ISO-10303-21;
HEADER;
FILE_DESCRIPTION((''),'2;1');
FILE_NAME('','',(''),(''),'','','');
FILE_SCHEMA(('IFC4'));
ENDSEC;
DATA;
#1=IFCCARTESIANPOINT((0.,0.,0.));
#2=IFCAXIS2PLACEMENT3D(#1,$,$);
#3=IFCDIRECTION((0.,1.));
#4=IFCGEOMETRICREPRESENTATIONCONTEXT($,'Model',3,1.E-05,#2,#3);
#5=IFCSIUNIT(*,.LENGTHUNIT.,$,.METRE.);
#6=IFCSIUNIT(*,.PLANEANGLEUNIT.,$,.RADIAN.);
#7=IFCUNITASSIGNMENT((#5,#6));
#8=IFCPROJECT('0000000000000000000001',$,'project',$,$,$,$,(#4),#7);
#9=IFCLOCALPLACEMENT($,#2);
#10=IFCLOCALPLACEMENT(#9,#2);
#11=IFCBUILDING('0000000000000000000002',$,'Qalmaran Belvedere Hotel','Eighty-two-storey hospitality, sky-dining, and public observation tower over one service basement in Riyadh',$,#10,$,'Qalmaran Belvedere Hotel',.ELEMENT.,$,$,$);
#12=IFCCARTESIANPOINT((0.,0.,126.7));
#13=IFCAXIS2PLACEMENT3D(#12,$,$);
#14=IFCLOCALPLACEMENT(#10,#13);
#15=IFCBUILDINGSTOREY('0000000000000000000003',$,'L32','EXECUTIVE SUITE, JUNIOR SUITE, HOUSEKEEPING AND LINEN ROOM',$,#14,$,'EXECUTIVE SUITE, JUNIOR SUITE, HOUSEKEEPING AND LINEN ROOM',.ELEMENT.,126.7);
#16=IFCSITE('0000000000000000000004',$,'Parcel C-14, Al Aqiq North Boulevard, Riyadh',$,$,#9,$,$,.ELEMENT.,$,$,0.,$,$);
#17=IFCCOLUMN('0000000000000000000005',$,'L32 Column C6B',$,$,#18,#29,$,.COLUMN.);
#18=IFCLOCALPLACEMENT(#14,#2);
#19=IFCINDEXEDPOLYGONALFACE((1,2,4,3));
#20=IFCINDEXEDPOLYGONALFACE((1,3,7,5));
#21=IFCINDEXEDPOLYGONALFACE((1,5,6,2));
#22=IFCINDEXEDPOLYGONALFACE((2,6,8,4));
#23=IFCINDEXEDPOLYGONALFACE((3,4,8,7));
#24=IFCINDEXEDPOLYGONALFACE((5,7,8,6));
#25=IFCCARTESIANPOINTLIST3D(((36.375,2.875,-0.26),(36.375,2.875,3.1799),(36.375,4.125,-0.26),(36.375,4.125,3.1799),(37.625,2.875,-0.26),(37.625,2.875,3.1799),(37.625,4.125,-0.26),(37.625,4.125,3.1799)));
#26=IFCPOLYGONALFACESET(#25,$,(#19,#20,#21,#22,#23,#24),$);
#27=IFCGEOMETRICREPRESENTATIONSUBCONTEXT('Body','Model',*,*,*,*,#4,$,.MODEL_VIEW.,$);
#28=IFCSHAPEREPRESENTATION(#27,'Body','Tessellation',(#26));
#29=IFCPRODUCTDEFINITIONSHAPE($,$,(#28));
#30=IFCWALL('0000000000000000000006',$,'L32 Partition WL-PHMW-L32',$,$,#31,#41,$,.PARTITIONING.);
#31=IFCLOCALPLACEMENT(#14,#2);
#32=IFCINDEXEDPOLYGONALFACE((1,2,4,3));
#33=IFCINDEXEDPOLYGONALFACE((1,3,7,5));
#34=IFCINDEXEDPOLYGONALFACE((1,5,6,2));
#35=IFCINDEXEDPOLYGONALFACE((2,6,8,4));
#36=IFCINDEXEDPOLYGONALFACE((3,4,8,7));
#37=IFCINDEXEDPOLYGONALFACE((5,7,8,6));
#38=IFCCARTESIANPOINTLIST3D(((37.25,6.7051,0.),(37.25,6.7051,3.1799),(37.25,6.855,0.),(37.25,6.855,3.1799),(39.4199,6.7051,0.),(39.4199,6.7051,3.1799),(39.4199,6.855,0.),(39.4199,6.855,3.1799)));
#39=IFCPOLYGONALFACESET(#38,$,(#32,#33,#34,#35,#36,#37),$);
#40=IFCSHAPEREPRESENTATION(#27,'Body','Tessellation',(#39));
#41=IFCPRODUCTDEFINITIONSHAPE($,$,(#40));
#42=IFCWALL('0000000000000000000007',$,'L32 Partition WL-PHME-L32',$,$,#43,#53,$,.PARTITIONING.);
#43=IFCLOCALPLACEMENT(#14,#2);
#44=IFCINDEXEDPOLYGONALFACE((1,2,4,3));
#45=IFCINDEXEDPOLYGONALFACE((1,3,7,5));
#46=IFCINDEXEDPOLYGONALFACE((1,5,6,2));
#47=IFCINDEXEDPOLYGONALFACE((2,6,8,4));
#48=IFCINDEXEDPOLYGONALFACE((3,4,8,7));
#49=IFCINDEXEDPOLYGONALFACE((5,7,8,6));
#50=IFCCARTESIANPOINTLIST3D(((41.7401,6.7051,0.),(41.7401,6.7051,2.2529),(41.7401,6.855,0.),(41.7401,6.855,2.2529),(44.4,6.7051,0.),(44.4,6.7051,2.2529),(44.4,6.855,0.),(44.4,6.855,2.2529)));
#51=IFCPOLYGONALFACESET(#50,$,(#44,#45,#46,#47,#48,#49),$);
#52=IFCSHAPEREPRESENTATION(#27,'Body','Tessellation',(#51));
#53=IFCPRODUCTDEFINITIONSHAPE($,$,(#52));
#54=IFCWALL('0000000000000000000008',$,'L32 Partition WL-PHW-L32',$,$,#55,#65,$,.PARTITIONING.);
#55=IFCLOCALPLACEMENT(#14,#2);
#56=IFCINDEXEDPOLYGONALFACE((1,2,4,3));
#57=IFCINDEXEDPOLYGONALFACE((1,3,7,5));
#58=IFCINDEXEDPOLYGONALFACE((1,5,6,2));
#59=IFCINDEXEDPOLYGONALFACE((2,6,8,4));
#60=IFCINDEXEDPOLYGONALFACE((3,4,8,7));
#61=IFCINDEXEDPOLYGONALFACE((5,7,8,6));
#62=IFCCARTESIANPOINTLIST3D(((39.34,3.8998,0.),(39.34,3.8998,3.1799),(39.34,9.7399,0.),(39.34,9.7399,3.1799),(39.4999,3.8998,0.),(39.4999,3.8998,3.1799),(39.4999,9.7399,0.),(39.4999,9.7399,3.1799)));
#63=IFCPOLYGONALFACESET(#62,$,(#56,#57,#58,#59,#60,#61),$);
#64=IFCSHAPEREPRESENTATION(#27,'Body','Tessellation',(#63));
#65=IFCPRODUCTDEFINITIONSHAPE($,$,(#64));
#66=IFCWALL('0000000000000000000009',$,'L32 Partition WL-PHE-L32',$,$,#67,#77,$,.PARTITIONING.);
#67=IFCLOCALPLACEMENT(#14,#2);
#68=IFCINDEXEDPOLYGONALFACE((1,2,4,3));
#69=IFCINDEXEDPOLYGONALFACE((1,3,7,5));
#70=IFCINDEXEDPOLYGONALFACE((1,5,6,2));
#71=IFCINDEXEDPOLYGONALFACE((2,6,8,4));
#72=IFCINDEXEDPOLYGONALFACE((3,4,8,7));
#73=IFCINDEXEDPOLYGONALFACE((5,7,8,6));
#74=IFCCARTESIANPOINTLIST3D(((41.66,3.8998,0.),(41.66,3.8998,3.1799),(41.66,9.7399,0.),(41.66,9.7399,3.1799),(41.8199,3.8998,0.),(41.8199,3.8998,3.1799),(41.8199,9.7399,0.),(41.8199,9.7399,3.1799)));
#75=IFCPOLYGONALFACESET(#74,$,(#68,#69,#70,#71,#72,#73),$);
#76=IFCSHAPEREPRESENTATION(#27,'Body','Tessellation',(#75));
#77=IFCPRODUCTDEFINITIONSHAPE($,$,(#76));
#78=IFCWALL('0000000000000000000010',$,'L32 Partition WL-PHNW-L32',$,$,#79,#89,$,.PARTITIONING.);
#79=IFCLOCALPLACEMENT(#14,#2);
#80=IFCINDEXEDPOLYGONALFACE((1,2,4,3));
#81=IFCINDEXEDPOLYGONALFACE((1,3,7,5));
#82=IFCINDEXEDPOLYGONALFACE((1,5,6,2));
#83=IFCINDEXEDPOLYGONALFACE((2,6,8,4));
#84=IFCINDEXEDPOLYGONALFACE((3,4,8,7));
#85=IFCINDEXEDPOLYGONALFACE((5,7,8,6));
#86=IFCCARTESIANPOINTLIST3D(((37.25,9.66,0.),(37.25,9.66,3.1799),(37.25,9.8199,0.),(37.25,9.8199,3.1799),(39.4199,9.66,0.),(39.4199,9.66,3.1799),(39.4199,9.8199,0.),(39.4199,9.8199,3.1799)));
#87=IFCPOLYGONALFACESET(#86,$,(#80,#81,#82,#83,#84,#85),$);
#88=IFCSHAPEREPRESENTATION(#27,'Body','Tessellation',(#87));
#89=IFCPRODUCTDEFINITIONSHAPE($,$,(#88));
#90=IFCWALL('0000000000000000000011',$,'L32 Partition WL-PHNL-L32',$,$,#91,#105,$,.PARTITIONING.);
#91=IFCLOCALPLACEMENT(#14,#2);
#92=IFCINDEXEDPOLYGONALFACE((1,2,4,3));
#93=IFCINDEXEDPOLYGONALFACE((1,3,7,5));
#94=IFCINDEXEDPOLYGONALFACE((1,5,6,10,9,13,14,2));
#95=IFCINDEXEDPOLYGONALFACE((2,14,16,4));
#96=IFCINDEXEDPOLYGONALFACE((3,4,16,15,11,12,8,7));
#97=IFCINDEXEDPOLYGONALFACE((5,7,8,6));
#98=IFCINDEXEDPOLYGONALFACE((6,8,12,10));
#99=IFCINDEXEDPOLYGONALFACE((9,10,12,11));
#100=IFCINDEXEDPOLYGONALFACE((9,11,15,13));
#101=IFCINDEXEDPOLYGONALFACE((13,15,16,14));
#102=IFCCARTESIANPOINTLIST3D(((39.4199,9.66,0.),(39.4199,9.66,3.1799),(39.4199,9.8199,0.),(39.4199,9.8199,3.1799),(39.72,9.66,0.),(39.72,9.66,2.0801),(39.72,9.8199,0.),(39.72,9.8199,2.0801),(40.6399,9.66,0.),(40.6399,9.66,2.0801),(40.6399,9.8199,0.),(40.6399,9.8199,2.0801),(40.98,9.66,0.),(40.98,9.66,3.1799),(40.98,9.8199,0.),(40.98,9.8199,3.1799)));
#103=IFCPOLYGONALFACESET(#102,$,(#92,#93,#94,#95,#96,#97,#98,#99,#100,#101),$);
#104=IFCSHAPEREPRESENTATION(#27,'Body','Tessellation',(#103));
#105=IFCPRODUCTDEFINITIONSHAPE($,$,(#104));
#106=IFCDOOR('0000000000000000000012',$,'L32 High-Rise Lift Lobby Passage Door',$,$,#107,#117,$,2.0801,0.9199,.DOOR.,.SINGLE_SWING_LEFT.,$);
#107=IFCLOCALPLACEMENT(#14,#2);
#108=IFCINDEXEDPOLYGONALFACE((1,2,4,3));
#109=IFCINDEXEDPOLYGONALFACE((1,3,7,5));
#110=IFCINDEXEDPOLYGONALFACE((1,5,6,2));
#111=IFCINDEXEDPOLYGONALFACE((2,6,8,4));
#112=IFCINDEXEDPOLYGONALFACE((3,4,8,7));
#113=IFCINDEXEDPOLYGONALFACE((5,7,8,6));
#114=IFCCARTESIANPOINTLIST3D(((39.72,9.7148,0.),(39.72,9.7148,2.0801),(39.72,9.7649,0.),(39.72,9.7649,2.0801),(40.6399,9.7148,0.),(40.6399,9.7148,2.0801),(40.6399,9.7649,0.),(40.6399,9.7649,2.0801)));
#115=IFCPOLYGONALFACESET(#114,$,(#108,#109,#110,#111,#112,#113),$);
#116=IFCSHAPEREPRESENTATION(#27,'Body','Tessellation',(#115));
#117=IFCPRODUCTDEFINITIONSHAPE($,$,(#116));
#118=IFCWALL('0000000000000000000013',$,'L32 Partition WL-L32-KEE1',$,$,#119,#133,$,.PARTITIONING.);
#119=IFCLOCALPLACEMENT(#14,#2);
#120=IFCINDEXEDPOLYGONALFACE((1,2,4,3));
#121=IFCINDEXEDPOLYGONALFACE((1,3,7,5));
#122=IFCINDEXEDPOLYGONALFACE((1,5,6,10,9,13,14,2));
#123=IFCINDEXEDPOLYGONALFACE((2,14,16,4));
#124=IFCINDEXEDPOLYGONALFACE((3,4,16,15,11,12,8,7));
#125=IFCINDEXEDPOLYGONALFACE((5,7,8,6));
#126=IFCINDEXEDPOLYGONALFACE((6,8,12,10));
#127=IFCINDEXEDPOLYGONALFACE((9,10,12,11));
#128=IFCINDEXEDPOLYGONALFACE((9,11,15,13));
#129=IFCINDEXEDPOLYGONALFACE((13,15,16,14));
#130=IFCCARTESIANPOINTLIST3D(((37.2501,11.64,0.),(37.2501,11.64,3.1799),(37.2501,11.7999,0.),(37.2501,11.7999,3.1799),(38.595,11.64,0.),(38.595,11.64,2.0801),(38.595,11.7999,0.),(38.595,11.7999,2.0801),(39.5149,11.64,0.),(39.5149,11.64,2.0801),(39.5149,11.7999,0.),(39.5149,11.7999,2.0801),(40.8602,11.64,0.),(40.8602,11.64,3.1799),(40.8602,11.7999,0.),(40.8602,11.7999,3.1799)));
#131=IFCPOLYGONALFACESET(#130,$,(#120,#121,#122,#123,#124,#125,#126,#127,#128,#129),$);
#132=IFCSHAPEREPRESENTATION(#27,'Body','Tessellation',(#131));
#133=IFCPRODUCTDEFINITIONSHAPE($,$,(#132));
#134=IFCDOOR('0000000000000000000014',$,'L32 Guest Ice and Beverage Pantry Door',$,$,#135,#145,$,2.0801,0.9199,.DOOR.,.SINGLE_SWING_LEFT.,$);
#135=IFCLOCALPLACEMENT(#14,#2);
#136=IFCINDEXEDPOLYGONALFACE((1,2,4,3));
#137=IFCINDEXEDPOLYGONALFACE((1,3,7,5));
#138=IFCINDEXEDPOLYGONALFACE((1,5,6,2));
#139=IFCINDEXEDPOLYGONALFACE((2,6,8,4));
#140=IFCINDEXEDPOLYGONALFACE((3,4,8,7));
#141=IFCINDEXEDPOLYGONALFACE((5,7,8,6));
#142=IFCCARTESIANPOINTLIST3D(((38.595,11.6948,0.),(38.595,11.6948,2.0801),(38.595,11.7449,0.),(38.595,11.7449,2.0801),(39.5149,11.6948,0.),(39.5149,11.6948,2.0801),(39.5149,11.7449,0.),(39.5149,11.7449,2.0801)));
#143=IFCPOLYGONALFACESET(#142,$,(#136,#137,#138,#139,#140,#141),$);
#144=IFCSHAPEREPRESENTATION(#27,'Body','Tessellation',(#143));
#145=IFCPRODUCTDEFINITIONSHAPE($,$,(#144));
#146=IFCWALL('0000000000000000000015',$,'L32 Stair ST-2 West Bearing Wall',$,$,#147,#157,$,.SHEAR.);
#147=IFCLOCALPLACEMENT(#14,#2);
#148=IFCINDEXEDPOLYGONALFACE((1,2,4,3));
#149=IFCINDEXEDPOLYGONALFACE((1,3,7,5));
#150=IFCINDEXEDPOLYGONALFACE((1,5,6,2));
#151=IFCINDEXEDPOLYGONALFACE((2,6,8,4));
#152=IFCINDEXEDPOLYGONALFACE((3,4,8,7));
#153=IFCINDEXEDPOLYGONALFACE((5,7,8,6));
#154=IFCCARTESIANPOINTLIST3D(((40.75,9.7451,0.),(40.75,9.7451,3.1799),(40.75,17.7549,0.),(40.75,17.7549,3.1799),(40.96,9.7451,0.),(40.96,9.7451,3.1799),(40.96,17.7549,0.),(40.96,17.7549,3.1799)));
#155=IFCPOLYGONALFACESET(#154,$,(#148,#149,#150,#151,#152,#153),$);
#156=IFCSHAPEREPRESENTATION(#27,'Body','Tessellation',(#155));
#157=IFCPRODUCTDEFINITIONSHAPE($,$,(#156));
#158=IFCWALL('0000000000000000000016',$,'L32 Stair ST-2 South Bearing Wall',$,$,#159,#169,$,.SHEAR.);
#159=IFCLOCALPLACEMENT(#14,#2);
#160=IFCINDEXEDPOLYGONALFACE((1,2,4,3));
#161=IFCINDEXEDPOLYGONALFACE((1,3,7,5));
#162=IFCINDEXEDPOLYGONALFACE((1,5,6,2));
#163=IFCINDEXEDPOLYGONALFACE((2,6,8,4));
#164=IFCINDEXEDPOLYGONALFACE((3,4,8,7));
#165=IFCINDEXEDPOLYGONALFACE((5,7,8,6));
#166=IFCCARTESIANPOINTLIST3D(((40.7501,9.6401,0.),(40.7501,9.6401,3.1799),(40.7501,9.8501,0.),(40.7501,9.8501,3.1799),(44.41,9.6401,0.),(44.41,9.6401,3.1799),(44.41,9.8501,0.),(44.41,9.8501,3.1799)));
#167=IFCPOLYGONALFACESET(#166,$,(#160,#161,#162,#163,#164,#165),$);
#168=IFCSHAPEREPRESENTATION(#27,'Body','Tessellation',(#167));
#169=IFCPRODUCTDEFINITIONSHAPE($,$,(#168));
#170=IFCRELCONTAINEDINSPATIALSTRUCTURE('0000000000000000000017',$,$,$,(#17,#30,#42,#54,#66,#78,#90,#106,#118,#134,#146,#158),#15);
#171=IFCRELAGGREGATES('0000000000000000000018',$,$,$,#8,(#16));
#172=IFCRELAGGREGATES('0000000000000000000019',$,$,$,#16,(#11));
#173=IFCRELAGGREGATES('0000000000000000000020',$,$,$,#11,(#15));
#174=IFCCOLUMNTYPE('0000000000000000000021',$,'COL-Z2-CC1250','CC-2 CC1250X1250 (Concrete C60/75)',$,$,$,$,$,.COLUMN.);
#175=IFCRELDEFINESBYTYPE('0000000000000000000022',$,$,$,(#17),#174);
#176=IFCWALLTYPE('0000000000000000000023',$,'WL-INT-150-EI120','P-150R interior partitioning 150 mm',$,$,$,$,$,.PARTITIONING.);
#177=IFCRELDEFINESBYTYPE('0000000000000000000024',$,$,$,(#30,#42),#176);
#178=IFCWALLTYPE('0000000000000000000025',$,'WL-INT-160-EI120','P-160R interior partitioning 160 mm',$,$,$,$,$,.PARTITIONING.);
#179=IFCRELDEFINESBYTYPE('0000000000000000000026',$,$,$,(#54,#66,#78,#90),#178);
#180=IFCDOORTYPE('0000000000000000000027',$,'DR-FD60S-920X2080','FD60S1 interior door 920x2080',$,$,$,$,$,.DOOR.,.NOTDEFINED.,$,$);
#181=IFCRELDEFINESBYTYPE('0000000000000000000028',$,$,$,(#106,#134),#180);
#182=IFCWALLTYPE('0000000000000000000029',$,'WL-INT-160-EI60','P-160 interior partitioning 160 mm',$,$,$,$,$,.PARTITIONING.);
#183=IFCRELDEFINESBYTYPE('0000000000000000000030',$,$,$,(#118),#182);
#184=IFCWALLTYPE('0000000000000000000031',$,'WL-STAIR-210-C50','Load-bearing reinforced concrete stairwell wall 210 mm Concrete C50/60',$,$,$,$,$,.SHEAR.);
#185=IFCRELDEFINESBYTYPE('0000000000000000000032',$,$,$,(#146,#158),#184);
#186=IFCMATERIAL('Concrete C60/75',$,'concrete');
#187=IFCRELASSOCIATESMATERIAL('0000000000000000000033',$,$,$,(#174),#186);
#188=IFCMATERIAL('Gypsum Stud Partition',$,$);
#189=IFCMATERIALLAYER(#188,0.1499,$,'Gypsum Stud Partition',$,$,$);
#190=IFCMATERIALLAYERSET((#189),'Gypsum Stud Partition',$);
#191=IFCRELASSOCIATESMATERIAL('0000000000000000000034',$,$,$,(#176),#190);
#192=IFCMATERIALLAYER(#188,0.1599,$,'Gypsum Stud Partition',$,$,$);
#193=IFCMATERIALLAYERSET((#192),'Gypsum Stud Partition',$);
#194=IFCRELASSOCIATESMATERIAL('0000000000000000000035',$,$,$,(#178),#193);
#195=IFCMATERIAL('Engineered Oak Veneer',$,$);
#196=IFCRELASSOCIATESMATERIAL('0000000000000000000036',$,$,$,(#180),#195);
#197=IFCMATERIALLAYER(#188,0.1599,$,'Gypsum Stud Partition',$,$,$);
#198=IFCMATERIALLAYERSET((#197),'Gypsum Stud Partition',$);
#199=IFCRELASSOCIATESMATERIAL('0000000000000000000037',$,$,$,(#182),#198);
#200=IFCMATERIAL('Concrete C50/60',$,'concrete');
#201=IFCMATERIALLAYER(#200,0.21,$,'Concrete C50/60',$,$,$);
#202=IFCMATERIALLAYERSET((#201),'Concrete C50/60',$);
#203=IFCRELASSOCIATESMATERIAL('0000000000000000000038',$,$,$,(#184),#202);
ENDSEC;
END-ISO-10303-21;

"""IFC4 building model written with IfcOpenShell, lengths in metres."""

from ifc_helpers import new_model, si_unit, direction, frame, frame_2d, origin, origin_2d, place, context, subcontext, project, spatial, rectangle, extrude, material, layer, layer_set, material_profile, profile_set, type_object, element, fill, save


model = new_model("IFC4")

# Units and contexts
model_context = context("Model", 3, precision=1e-05, world=origin(), true_north=direction((0.0, 1.0)))
body_context = subcontext(model_context, "Body", "Model", "MODEL_VIEW")
ifc_project = project(units=[si_unit("LENGTHUNIT", "METRE"), si_unit("PLANEANGLEUNIT", "RADIAN")], contexts=[model_context])

# Site, building, storey
site_placement = place(None, origin())
site = spatial("IfcSite", under=ifc_project, at=site_placement, Name="Parcel C-14, Al Aqiq North Boulevard, Riyadh", CompositionType="ELEMENT", RefElevation=0.0)
building_placement = place(site_placement, origin())
building = spatial("IfcBuilding", under=site, at=building_placement, Name="Qalmaran Belvedere Hotel", Description="Eighty-two-storey hospitality, sky-dining, and public observation tower over one service basement in Riyadh", LongName="Qalmaran Belvedere Hotel", CompositionType="ELEMENT")
storey_placement = place(building_placement, frame((0.0, 0.0, 126.7)))
storey = spatial("IfcBuildingStorey", under=building, at=storey_placement, Name="L32", Description="EXECUTIVE SUITE, JUNIOR SUITE, HOUSEKEEPING AND LINEN ROOM", LongName="EXECUTIVE SUITE, JUNIOR SUITE, HOUSEKEEPING AND LINEN ROOM", CompositionType="ELEMENT", Elevation=126.7)

# Column
ifc_material_1 = material(Name="Concrete C60/75", Category="concrete")
ifc_material_profile = material_profile(ifc_material_1, rectangle(XDim=1.25, YDim=1.25, at=origin_2d()), Name="CC1250X1250")
ifc_profile_set = profile_set([ifc_material_profile], Name="Concrete C60/75")
column_type = type_object("IfcColumnType", Name="COL-Z2-CC1250", Description="CC-2 CC1250X1250 (Concrete C60/75)", PredefinedType="COLUMN", material=ifc_profile_set)
column_placement = place(storey_placement, frame((37.0, 3.5, -0.26), z_axis=(0.0, 0.0, 1.0), x_axis=(1.0, 0.0, 0.0)))
element("IfcColumn", 1, at=column_placement, inside=storey, type_object=column_type, Name="L32 Column C6B", PredefinedType="COLUMN", context=body_context, shape_type="SweptSolid", body=[
    extrude(rectangle(XDim=1.25, YDim=1.25, at=origin_2d()), origin(), (0.0, 0.0, 1.0), 3.4399),
])

# Walls
ifc_material_2 = material(Name="Gypsum Stud Partition")
ifc_layer_1 = layer(ifc_material_2, 0.1499, Name="Gypsum Stud Partition")
ifc_layer_set_1 = layer_set([ifc_layer_1], Name="Gypsum Stud Partition")
wall_type_1 = type_object("IfcWallType", Name="WL-INT-150-EI120", Description="P-150R interior partitioning 150 mm", PredefinedType="PARTITIONING", material=ifc_layer_set_1)
wall_1_placement = place(storey_placement, frame((37.25, 6.78, 0.0), z_axis=(0.0, 0.0, 1.0), x_axis=(1.0, 0.0, 0.0)))
element("IfcWall", 2, at=wall_1_placement, inside=storey, type_object=wall_type_1, Name="L32 Partition WL-PHMW-L32", PredefinedType="PARTITIONING", context=body_context, shape_type="SweptSolid", body=[
    extrude(rectangle(XDim=2.1699, YDim=0.1499, at=frame_2d((1.085, 0.0))), origin(), (0.0, 0.0, 1.0), 3.1799),
])
wall_2_placement = place(storey_placement, frame((41.74, 6.78, 0.0), z_axis=(0.0, 0.0, 1.0), x_axis=(1.0, 0.0, 0.0)))
element("IfcWall", 3, at=wall_2_placement, inside=storey, type_object=wall_type_1, Name="L32 Partition WL-PHME-L32", PredefinedType="PARTITIONING", context=body_context, shape_type="SweptSolid", body=[
    extrude(rectangle(XDim=2.6599, YDim=0.1499, at=frame_2d((1.3301, 0.0))), origin(), (0.0, 0.0, 1.0), 2.2529),
])
ifc_layer_2 = layer(ifc_material_2, 0.1599, Name="Gypsum Stud Partition")
ifc_layer_set_2 = layer_set([ifc_layer_2], Name="Gypsum Stud Partition")
wall_type_2 = type_object("IfcWallType", Name="WL-INT-160-EI120", Description="P-160R interior partitioning 160 mm", PredefinedType="PARTITIONING", material=ifc_layer_set_2)
for number, where, z_axis, x_axis, name in (
    (4, (39.4199, 3.8999, 0.0), (0.0, 0.0, 1.0), (0.0, 1.0, 0.0), "L32 Partition WL-PHW-L32"),
    (5, (41.74, 3.8999, 0.0), (0.0, 0.0, 1.0), (0.0, 1.0, 0.0), "L32 Partition WL-PHE-L32"),
):
    element("IfcWall", number, at=place(storey_placement, frame(where, z_axis=z_axis, x_axis=x_axis)), inside=storey, type_object=wall_type_2, Name=name, PredefinedType="PARTITIONING", context=body_context, shape_type="SweptSolid", body=[
        extrude(rectangle(XDim=5.8401, YDim=0.1599, at=frame_2d((2.9199, 0.0))), origin(), (0.0, 0.0, 1.0), 3.1799),
    ])
wall_3_placement = place(storey_placement, frame((37.25, 9.74, 0.0), z_axis=(0.0, 0.0, 1.0), x_axis=(1.0, 0.0, 0.0)))
element("IfcWall", 6, at=wall_3_placement, inside=storey, type_object=wall_type_2, Name="L32 Partition WL-PHNW-L32", PredefinedType="PARTITIONING", context=body_context, shape_type="SweptSolid", body=[
    extrude(rectangle(XDim=2.1699, YDim=0.1599, at=frame_2d((1.085, 0.0))), origin(), (0.0, 0.0, 1.0), 3.1799),
])

# Walls, openings, doors
wall_4_placement = place(storey_placement, frame((39.4199, 9.74, 0.0), z_axis=(0.0, 0.0, 1.0), x_axis=(1.0, 0.0, 0.0)))
wall_4 = element("IfcWall", 7, at=wall_4_placement, inside=storey, type_object=wall_type_2, Name="L32 Partition WL-PHNL-L32", PredefinedType="PARTITIONING", context=body_context, shape_type="SweptSolid", body=[
    extrude(rectangle(XDim=1.5601, YDim=0.1599, at=frame_2d((0.78, 0.0))), origin(), (0.0, 0.0, 1.0), 3.1799),
])
opening_1_placement = place(wall_4_placement, frame((0.3, 0.0, 0.0)))
opening_1 = element("IfcOpeningElement", 8, at=opening_1_placement, cuts=wall_4, PredefinedType="OPENING", context=body_context, shape_type="SweptSolid", body=[
    extrude(rectangle(XDim=0.9199, YDim=2.0801, at=frame_2d((0.46, 1.04))), frame((0.0, 0.0898, 0.0), z_axis=(0.0, -1.0, 0.0), x_axis=(1.0, 0.0, 0.0)), (0.0, 0.0, 1.0), 0.1799),
])
ifc_material_3 = material(Name="Engineered Oak Veneer")
door_type = type_object("IfcDoorType", Name="DR-FD60S-920X2080", Description="FD60S1 interior door 920x2080", OperationType="NOTDEFINED", PredefinedType="DOOR", material=ifc_material_3)
door_1_placement = place(opening_1_placement, origin())
door_1 = element("IfcDoor", 9, at=door_1_placement, inside=storey, type_object=door_type, Name="L32 High-Rise Lift Lobby Passage Door", OperationType="SINGLE_SWING_LEFT", OverallHeight=2.0801, OverallWidth=0.9199, PredefinedType="DOOR", context=body_context, shape_type="SweptSolid", body=[
    extrude(rectangle(XDim=0.9199, YDim=2.0801, at=frame_2d((0.46, 1.04))), frame((0.0, 0.0249, 0.0), z_axis=(0.0, -1.0, 0.0), x_axis=(1.0, 0.0, 0.0)), (0.0, 0.0, 1.0), 0.05),
])
fill(opening_1, door_1)
ifc_layer_3 = layer(ifc_material_2, 0.1599, Name="Gypsum Stud Partition")
ifc_layer_set_3 = layer_set([ifc_layer_3], Name="Gypsum Stud Partition")
wall_type_3 = type_object("IfcWallType", Name="WL-INT-160-EI60", Description="P-160 interior partitioning 160 mm", PredefinedType="PARTITIONING", material=ifc_layer_set_3)
wall_5_placement = place(storey_placement, frame((37.25, 11.72, 0.0), z_axis=(0.0, 0.0, 1.0), x_axis=(1.0, 0.0, 0.0)))
wall_5 = element("IfcWall", 10, at=wall_5_placement, inside=storey, type_object=wall_type_3, Name="L32 Partition WL-L32-KEE1", PredefinedType="PARTITIONING", context=body_context, shape_type="SweptSolid", body=[
    extrude(rectangle(XDim=3.6101, YDim=0.1599, at=frame_2d((1.8052, 0.0))), origin(), (0.0, 0.0, 1.0), 3.1799),
])
opening_2_placement = place(wall_5_placement, frame((1.345, 0.0, 0.0)))
opening_2 = element("IfcOpeningElement", 11, at=opening_2_placement, cuts=wall_5, PredefinedType="OPENING", context=body_context, shape_type="SweptSolid", body=[
    extrude(rectangle(XDim=0.9199, YDim=2.0801, at=frame_2d((0.46, 1.04))), frame((0.0, 0.0898, 0.0), z_axis=(0.0, -1.0, 0.0), x_axis=(1.0, 0.0, 0.0)), (0.0, 0.0, 1.0), 0.1799),
])
door_2_placement = place(opening_2_placement, origin())
door_2 = element("IfcDoor", 12, at=door_2_placement, inside=storey, type_object=door_type, Name="L32 Guest Ice and Beverage Pantry Door", OperationType="SINGLE_SWING_LEFT", OverallHeight=2.0801, OverallWidth=0.9199, PredefinedType="DOOR", context=body_context, shape_type="SweptSolid", body=[
    extrude(rectangle(XDim=0.9199, YDim=2.0801, at=frame_2d((0.46, 1.04))), frame((0.0, 0.0249, 0.0), z_axis=(0.0, -1.0, 0.0), x_axis=(1.0, 0.0, 0.0)), (0.0, 0.0, 1.0), 0.05),
])
fill(opening_2, door_2)

# Walls
ifc_material_4 = material(Name="Concrete C50/60", Category="concrete")
ifc_layer_4 = layer(ifc_material_4, 0.21, Name="Concrete C50/60")
ifc_layer_set_4 = layer_set([ifc_layer_4], Name="Concrete C50/60")
wall_type_4 = type_object("IfcWallType", Name="WL-STAIR-210-C50", Description="Load-bearing reinforced concrete stairwell wall 210 mm Concrete C50/60", PredefinedType="SHEAR", material=ifc_layer_set_4)
wall_6_placement = place(storey_placement, frame((40.855, 9.7451, 0.0), z_axis=(0.0, 0.0, 1.0), x_axis=(0.0, 1.0, 0.0)))
element("IfcWall", 13, at=wall_6_placement, inside=storey, type_object=wall_type_4, Name="L32 Stair ST-2 West Bearing Wall", PredefinedType="SHEAR", context=body_context, shape_type="SweptSolid", body=[
    extrude(rectangle(XDim=8.0098, YDim=0.21, at=frame_2d((4.0049, 0.0))), origin(), (0.0, 0.0, 1.0), 3.1799),
])
wall_7_placement = place(storey_placement, frame((40.75, 9.7451, 0.0), z_axis=(0.0, 0.0, 1.0), x_axis=(1.0, 0.0, 0.0)))
element("IfcWall", 14, at=wall_7_placement, inside=storey, type_object=wall_type_4, Name="L32 Stair ST-2 South Bearing Wall", PredefinedType="SHEAR", context=body_context, shape_type="SweptSolid", body=[
    extrude(rectangle(XDim=3.6599, YDim=0.21, at=frame_2d((1.8301, 0.0))), origin(), (0.0, 0.0, 1.0), 3.1799),
])

save(model, "model.ifc")
